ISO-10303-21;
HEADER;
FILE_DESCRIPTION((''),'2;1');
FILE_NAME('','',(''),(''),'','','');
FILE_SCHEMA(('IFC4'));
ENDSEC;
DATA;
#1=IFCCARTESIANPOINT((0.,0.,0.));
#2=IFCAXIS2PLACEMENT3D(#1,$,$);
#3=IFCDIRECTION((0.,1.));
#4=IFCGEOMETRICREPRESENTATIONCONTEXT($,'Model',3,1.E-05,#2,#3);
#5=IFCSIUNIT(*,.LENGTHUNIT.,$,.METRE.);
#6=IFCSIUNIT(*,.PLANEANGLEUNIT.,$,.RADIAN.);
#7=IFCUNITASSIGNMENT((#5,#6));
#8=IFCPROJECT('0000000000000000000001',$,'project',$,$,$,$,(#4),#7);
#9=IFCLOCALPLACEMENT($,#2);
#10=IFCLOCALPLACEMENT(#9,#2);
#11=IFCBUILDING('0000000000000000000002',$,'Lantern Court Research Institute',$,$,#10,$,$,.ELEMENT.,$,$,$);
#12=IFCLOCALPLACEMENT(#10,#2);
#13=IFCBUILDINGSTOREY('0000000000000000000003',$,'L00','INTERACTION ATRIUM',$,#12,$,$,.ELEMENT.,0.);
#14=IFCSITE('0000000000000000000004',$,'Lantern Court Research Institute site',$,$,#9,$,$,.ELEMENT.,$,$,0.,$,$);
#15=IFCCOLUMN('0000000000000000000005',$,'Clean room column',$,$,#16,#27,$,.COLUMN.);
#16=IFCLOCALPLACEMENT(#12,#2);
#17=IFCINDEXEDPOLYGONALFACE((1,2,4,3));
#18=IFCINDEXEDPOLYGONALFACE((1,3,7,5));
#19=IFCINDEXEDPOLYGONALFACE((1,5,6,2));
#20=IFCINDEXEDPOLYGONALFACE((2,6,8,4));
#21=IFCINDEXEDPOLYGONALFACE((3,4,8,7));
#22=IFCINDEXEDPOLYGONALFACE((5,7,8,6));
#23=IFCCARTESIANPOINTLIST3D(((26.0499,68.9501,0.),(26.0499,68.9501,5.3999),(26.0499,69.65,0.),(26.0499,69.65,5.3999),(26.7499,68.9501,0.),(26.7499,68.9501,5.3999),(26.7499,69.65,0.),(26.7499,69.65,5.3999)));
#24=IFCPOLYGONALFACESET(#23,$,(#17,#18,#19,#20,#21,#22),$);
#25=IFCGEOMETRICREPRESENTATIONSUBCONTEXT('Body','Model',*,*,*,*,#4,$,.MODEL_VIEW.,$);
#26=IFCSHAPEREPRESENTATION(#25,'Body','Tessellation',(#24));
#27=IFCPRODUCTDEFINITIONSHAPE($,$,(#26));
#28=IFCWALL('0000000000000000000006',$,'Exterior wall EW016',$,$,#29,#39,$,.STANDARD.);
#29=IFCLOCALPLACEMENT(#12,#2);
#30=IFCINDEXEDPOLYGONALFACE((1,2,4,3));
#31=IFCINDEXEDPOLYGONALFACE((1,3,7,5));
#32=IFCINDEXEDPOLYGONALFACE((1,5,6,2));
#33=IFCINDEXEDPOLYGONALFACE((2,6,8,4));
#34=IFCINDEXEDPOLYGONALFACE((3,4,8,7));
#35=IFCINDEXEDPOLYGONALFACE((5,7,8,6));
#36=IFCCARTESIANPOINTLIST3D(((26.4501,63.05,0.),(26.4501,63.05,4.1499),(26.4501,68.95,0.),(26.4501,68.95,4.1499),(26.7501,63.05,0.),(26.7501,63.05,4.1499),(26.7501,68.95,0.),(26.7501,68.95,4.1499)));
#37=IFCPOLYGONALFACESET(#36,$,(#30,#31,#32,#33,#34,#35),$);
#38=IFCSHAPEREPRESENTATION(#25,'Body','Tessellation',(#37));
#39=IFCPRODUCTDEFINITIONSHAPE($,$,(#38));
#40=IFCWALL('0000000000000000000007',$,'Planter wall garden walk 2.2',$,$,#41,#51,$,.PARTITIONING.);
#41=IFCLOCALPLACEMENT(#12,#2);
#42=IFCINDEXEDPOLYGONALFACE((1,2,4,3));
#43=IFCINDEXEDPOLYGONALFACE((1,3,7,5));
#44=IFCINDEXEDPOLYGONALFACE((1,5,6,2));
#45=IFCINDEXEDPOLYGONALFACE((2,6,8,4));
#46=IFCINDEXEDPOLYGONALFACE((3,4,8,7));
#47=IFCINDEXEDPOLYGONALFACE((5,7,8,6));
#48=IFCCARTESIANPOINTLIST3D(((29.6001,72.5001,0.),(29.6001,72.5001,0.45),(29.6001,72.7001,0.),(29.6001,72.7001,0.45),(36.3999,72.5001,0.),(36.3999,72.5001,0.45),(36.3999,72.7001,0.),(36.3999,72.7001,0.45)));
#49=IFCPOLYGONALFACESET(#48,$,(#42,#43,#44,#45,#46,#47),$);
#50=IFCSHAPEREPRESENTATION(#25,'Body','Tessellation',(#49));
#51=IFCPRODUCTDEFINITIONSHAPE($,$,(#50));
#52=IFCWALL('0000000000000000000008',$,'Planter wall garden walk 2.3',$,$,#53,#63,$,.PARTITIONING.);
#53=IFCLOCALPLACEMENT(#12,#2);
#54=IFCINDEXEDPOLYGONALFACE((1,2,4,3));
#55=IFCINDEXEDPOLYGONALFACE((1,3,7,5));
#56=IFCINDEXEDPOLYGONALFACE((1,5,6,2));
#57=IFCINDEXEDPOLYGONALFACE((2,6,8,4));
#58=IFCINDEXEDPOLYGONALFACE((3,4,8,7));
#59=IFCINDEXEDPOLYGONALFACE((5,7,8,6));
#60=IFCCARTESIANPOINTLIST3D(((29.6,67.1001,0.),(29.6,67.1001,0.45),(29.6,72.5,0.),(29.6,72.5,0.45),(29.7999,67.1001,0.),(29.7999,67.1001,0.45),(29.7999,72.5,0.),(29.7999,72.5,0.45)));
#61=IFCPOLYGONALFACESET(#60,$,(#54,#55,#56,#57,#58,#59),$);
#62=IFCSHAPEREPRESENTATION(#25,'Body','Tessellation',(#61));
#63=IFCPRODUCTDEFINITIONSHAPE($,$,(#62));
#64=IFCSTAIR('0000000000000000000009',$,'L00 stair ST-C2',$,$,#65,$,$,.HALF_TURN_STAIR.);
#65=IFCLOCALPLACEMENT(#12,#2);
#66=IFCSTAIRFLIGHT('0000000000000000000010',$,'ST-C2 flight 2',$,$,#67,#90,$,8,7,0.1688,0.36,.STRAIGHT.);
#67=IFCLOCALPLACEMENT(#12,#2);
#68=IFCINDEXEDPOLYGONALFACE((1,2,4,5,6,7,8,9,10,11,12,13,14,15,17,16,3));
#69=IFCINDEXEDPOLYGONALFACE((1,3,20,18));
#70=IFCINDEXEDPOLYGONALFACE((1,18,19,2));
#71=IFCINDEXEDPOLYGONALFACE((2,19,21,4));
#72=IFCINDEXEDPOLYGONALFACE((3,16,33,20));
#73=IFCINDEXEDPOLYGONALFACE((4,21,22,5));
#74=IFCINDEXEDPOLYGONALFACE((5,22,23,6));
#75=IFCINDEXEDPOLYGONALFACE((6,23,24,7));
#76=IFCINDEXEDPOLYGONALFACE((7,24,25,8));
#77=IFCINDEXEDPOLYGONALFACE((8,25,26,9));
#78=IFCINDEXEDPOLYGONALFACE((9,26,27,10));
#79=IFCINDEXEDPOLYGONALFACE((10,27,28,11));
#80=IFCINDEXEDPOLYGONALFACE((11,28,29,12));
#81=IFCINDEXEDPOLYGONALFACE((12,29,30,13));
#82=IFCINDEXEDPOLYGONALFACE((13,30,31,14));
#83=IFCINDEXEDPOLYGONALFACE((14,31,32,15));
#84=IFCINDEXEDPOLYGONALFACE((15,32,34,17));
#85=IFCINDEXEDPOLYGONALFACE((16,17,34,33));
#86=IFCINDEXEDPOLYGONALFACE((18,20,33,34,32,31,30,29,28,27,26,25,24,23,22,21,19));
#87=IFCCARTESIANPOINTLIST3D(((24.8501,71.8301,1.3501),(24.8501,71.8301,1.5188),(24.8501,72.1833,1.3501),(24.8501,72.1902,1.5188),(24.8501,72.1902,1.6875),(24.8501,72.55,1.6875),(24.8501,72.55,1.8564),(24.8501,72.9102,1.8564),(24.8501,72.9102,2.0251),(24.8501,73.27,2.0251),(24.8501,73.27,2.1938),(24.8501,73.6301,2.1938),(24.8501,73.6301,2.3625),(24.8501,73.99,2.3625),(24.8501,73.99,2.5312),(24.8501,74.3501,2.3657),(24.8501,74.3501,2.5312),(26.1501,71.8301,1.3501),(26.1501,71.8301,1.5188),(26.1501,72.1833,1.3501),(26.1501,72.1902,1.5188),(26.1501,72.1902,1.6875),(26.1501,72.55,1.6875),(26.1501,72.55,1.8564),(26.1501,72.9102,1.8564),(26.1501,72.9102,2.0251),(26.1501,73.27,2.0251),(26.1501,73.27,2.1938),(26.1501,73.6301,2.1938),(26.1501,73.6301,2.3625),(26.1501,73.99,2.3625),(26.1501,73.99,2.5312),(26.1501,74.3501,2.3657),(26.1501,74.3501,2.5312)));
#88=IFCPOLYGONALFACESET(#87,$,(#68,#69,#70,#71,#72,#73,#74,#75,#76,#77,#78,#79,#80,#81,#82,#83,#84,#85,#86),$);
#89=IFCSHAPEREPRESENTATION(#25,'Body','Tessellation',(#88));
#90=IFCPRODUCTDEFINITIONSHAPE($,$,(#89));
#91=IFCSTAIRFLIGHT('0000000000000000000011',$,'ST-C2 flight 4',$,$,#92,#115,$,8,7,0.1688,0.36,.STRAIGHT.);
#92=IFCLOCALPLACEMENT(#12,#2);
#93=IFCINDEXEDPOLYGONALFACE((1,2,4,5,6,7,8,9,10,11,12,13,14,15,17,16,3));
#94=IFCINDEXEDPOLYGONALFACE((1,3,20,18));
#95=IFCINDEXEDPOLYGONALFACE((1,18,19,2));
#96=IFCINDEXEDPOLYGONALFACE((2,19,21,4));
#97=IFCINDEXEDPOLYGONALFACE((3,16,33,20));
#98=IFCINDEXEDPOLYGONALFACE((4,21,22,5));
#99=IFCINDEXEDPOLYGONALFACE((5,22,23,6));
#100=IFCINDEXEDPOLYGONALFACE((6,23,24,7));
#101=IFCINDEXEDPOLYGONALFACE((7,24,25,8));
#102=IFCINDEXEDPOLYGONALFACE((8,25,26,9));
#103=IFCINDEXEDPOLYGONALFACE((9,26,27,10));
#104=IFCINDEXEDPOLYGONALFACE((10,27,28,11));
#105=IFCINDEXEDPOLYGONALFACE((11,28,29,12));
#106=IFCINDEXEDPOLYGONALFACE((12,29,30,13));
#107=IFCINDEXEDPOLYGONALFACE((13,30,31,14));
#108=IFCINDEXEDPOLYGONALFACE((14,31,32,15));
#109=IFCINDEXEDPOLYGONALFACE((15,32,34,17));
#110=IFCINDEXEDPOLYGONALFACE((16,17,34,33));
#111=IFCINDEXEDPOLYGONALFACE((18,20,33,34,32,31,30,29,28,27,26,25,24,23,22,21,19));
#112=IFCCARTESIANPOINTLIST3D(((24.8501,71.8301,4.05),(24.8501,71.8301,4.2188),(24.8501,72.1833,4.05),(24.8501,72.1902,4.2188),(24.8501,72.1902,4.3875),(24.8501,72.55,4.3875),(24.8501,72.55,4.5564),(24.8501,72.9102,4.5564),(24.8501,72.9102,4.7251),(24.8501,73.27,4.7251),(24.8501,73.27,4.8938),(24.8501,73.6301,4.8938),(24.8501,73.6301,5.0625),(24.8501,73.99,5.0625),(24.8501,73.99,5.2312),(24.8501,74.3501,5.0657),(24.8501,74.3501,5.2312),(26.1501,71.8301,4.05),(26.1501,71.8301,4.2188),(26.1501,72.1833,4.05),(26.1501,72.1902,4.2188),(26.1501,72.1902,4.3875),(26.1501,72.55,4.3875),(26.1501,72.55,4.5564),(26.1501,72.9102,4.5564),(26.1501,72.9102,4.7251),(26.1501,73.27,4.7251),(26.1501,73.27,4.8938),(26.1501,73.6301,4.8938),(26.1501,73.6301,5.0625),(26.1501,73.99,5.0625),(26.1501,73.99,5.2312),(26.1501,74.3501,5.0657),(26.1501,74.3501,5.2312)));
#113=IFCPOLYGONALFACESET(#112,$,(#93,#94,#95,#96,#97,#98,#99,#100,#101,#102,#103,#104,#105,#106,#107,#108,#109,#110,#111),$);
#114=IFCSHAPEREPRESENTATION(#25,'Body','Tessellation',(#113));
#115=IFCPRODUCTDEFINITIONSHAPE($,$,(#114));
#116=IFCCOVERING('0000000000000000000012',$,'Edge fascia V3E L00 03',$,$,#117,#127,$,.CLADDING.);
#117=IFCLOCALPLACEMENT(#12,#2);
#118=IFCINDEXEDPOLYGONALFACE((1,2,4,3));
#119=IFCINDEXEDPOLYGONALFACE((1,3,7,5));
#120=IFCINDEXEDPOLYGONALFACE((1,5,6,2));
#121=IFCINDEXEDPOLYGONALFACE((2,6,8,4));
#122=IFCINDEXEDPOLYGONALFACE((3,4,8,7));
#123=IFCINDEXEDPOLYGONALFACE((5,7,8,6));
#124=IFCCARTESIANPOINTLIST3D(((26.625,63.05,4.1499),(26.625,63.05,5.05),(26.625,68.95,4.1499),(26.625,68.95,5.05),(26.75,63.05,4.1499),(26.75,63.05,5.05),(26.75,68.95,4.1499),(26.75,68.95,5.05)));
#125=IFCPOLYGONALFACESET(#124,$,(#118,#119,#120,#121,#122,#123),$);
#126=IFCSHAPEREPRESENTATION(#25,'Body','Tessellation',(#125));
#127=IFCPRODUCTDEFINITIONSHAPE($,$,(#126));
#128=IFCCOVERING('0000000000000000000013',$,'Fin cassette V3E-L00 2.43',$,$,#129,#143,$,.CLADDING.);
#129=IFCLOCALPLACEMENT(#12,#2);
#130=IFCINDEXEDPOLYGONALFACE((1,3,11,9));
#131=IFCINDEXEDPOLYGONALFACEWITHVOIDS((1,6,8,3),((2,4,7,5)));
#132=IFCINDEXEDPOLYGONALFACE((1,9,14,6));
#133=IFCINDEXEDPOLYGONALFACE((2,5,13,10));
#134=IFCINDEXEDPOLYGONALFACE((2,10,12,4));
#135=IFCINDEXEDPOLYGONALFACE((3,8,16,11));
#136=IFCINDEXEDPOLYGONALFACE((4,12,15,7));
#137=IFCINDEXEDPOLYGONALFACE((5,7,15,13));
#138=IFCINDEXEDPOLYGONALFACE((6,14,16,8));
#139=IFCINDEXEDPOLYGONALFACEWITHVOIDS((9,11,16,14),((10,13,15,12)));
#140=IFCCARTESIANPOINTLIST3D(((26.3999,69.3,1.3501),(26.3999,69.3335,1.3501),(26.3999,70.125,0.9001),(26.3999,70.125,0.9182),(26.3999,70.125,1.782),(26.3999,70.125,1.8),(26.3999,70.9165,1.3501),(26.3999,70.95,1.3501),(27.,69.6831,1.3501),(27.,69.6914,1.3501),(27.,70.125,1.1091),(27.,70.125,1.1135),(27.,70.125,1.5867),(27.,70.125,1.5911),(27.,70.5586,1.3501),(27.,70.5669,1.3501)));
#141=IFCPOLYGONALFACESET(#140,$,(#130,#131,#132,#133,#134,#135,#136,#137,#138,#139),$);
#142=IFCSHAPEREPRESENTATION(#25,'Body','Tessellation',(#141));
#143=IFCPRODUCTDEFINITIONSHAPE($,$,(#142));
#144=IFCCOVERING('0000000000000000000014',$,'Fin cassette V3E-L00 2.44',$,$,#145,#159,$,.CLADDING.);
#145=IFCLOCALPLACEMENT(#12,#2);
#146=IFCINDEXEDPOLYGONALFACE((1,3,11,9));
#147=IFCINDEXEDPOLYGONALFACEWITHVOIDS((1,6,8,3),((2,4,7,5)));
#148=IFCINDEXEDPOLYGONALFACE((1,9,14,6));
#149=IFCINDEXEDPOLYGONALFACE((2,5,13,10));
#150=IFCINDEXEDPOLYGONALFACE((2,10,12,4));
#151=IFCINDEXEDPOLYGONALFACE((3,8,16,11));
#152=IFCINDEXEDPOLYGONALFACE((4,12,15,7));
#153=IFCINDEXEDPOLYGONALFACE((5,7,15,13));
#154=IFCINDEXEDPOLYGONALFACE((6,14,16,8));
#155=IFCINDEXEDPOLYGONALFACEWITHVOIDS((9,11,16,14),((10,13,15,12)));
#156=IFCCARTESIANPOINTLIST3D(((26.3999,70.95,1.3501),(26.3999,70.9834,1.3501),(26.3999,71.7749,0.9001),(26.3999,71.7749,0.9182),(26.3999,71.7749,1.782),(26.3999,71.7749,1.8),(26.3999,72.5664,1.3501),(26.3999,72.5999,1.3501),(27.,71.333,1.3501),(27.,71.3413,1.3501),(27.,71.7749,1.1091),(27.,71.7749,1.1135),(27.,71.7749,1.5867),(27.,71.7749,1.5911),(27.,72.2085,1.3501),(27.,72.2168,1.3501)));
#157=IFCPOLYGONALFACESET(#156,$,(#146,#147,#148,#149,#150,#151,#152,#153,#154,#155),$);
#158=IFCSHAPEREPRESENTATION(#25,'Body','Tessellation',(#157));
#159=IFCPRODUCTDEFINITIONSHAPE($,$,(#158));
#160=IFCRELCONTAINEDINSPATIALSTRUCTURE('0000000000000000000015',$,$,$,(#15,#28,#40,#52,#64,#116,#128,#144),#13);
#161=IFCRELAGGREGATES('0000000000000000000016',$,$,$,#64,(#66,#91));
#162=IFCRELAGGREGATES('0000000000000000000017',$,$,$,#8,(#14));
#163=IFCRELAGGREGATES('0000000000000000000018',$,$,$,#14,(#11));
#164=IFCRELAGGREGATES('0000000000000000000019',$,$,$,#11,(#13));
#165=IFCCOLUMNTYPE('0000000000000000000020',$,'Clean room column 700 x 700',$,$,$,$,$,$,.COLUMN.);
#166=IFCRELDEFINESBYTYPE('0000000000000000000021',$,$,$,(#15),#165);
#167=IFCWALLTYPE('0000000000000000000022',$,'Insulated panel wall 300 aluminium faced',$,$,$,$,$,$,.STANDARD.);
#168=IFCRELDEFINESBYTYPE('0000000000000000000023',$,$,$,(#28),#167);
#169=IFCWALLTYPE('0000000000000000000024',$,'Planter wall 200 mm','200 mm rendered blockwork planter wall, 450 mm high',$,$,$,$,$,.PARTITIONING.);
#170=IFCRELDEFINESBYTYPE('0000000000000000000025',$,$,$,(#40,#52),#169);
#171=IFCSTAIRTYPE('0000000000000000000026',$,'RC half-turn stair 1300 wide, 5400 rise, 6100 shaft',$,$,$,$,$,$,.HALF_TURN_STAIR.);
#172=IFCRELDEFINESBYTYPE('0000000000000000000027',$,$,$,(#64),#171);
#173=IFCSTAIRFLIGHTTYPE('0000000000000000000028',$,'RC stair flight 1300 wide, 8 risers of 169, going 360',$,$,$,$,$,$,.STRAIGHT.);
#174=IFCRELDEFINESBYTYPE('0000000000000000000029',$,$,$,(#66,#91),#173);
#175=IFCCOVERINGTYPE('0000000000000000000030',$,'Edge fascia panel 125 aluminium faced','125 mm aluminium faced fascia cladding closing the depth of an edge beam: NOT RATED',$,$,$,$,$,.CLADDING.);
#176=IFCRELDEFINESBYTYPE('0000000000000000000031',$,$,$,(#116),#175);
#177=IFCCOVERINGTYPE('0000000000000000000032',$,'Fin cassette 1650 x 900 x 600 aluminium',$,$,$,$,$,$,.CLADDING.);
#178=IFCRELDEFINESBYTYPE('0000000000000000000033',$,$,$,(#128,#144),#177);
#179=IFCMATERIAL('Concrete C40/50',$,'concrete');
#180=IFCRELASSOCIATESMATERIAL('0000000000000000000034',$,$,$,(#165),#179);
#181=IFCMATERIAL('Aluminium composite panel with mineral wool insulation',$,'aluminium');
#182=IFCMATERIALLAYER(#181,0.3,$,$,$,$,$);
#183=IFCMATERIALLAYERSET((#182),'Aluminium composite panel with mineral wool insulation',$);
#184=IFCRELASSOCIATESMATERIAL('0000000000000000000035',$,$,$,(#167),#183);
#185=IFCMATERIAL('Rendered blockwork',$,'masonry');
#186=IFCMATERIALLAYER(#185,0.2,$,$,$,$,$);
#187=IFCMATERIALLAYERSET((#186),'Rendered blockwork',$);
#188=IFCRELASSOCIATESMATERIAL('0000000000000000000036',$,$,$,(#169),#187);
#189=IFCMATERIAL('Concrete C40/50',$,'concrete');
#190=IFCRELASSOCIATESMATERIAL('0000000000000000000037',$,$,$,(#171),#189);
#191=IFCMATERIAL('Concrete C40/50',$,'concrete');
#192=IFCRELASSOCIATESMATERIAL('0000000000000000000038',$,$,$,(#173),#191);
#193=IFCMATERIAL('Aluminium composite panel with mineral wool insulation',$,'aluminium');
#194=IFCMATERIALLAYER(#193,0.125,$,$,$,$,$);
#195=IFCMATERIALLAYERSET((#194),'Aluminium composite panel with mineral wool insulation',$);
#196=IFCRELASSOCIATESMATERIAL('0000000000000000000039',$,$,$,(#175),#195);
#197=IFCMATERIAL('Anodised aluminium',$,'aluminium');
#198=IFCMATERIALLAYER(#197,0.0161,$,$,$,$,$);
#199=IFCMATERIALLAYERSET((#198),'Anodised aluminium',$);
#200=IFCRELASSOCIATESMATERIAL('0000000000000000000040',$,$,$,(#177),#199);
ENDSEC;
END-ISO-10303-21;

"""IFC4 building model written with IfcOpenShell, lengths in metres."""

from ifc_helpers import new_model, entity, si_unit, direction, frame, frame_2d, origin, origin_2d, place, context, subcontext, project, spatial, polyline, rectangle, outline, extrude, material, layer, layer_set, material_profile, profile_set, type_object, element, aggregate, save


model = new_model("IFC4")

# Units and contexts
model_context = context("Model", 3, precision=1e-05, world=origin(), true_north=direction((0.0, 1.0)))
body_context = subcontext(model_context, "Body", "Model", "MODEL_VIEW")
ifc_project = project(units=[si_unit("LENGTHUNIT", "METRE"), si_unit("PLANEANGLEUNIT", "RADIAN")], contexts=[model_context])

# Site, building, storey
site_placement = place(None, origin())
site = spatial("IfcSite", under=ifc_project, at=site_placement, Name="Lantern Court Research Institute site", CompositionType="ELEMENT", RefElevation=0.0)
building_placement = place(site_placement, origin())
building = spatial("IfcBuilding", under=site, at=building_placement, Name="Lantern Court Research Institute", CompositionType="ELEMENT")
storey_placement = place(building_placement, origin())
storey = spatial("IfcBuildingStorey", under=building, at=storey_placement, Name="L00", Description="INTERACTION ATRIUM", CompositionType="ELEMENT", Elevation=0.0)

# Column
ifc_material_1 = material(Name="Concrete C40/50", Category="concrete")
ifc_material_profile = material_profile(ifc_material_1, rectangle(XDim=0.7, YDim=0.7, at=origin_2d()), Name="Clean room column 700 x 700")
ifc_profile_set = profile_set([ifc_material_profile], Name="Concrete C40/50")
column_type = type_object("IfcColumnType", Name="Clean room column 700 x 700", PredefinedType="COLUMN", material=ifc_profile_set)
column_placement = place(storey_placement, frame((26.3999, 69.3, 0.0), z_axis=(0.0, 0.0, 1.0), x_axis=(1.0, 0.0, 0.0)))
element("IfcColumn", 1, at=column_placement, inside=storey, type_object=column_type, Name="Clean room column", PredefinedType="COLUMN", context=body_context, shape_type="SweptSolid", body=[
    extrude(rectangle(XDim=0.7, YDim=0.7, at=origin_2d()), origin(), (0.0, 0.0, 1.0), 5.3999),
])

# Walls
ifc_material_2 = material(Name="Aluminium composite panel with mineral wool insulation", Category="aluminium")
ifc_layer_1 = layer(ifc_material_2, 0.3)
ifc_layer_set_1 = layer_set([ifc_layer_1], Name="Aluminium composite panel with mineral wool insulation")
wall_type_1 = type_object("IfcWallType", Name="Insulated panel wall 300 aluminium faced", PredefinedType="STANDARD", material=ifc_layer_set_1)
wall_1_placement = place(storey_placement, frame((26.6001, 68.95, 0.0), z_axis=(0.0, 0.0, 1.0), x_axis=(0.0, -1.0, 0.0)))
element("IfcWall", 2, at=wall_1_placement, inside=storey, type_object=wall_type_1, Name="Exterior wall EW016", PredefinedType="STANDARD", context=body_context, shape_type="SweptSolid", body=[
    extrude(rectangle(XDim=5.8999, YDim=0.3, at=frame_2d((2.95, 0.0))), origin(), (0.0, 0.0, 1.0), 4.1499),
])
ifc_material_3 = material(Name="Rendered blockwork", Category="masonry")
ifc_layer_2 = layer(ifc_material_3, 0.2)
ifc_layer_set_2 = layer_set([ifc_layer_2], Name="Rendered blockwork")
wall_type_2 = type_object("IfcWallType", Name="Planter wall 200 mm", Description="200 mm rendered blockwork planter wall, 450 mm high", PredefinedType="PARTITIONING", material=ifc_layer_set_2)
wall_2_placement = place(storey_placement, frame((29.6001, 72.6001, 0.0), z_axis=(0.0, 0.0, 1.0), x_axis=(1.0, 0.0, 0.0)))
element("IfcWall", 3, at=wall_2_placement, inside=storey, type_object=wall_type_2, Name="Planter wall garden walk 2.2", PredefinedType="PARTITIONING", context=body_context, shape_type="SweptSolid", body=[
    extrude(rectangle(XDim=6.7998, YDim=0.2, at=frame_2d((3.3999, 0.0))), origin(), (0.0, 0.0, 1.0), 0.45),
])
wall_3_placement = place(storey_placement, frame((29.7, 67.1001, 0.0), z_axis=(0.0, 0.0, 1.0), x_axis=(0.0, 1.0, 0.0)))
element("IfcWall", 4, at=wall_3_placement, inside=storey, type_object=wall_type_2, Name="Planter wall garden walk 2.3", PredefinedType="PARTITIONING", context=body_context, shape_type="SweptSolid", body=[
    extrude(rectangle(XDim=5.3999, YDim=0.2, at=frame_2d((2.7, 0.0))), origin(), (0.0, 0.0, 1.0), 0.45),
])

# Stair, stair flights
ifc_material_4 = material(Name="Concrete C40/50", Category="concrete")
stair_type = type_object("IfcStairType", Name="RC half-turn stair 1300 wide, 5400 rise, 6100 shaft", PredefinedType="HALF_TURN_STAIR", material=ifc_material_4)
stair_placement = place(storey_placement, origin())
stair = element("IfcStair", 5, at=stair_placement, inside=storey, type_object=stair_type, Name="L00 stair ST-C2", PredefinedType="HALF_TURN_STAIR")
ifc_material_5 = material(Name="Concrete C40/50", Category="concrete")
stair_flight_type = type_object("IfcStairFlightType", Name="RC stair flight 1300 wide, 8 risers of 169, going 360", PredefinedType="STRAIGHT", material=ifc_material_5)
stair_flight_1_placement = place(storey_placement, frame((25.5, 71.8301, 1.3501), z_axis=(0.0, 0.0, 1.0), x_axis=(0.0, 1.0, 0.0)))
stair_flight_1 = element("IfcStairFlight", 6, at=stair_flight_1_placement, type_object=stair_flight_type, Name="ST-C2 flight 2", NumberOfRisers=8, NumberOfTreads=7, PredefinedType="STRAIGHT", RiserHeight=0.1688, TreadLength=0.36, context=body_context, shape_type="SweptSolid", body=[
    extrude(outline(polyline([(0.0, 0.0), (0.0, 0.1687), (0.3601, 0.1687), (0.3601, 0.3374), (0.72, 0.3374), (0.72, 0.5063), (1.0801, 0.5063), (1.0801, 0.675), (1.4399, 0.675), (1.4399, 0.8438), (1.8, 0.8438), (1.8, 1.0125), (2.1599, 1.0125), (2.1599, 1.1812), (2.52, 1.1812), (2.52, 1.3501), (2.52, 1.0156), (0.3533, 0.0), (0.0, 0.0)])), frame((0.0, 0.6499, 0.0), z_axis=(0.0, -1.0, 0.0), x_axis=(1.0, 0.0, 0.0)), (0.0, 0.0, 1.0), 1.3),
])
stair_flight_2_placement = place(storey_placement, frame((25.5, 71.8301, 4.05), z_axis=(0.0, 0.0, 1.0), x_axis=(0.0, 1.0, 0.0)))
stair_flight_2 = element("IfcStairFlight", 7, at=stair_flight_2_placement, type_object=stair_flight_type, Name="ST-C2 flight 4", NumberOfRisers=8, NumberOfTreads=7, PredefinedType="STRAIGHT", RiserHeight=0.1688, TreadLength=0.36, context=body_context, shape_type="SweptSolid", body=[
    extrude(outline(polyline([(0.0, 0.0), (0.0, 0.1687), (0.3601, 0.1687), (0.3601, 0.3374), (0.72, 0.3374), (0.72, 0.5063), (1.0801, 0.5063), (1.0801, 0.675), (1.4399, 0.675), (1.4399, 0.8438), (1.8, 0.8438), (1.8, 1.0125), (2.1599, 1.0125), (2.1599, 1.1812), (2.52, 1.1812), (2.52, 1.3501), (2.52, 1.0156), (0.3533, 0.0), (0.0, 0.0)])), frame((0.0, 0.6499, 0.0), z_axis=(0.0, -1.0, 0.0), x_axis=(1.0, 0.0, 0.0)), (0.0, 0.0, 1.0), 1.3),
])
aggregate(stair, [stair_flight_1, stair_flight_2])

# Coverings
ifc_material_6 = material(Name="Aluminium composite panel with mineral wool insulation", Category="aluminium")
ifc_layer_3 = layer(ifc_material_6, 0.125)
ifc_layer_set_3 = layer_set([ifc_layer_3], Name="Aluminium composite panel with mineral wool insulation")
covering_type_1 = type_object("IfcCoveringType", Name="Edge fascia panel 125 aluminium faced", Description="125 mm aluminium faced fascia cladding closing the depth of an edge beam: NOT RATED", PredefinedType="CLADDING", material=ifc_layer_set_3)
covering_1_placement = place(storey_placement, frame((26.6875, 68.95, 4.1499), z_axis=(0.0, 0.0, 1.0), x_axis=(0.0, -1.0, 0.0)))
element("IfcCovering", 8, at=covering_1_placement, inside=storey, type_object=covering_type_1, Name="Edge fascia V3E L00 03", PredefinedType="CLADDING", context=body_context, shape_type="SweptSolid", body=[
    extrude(rectangle(XDim=5.8999, YDim=0.125, at=frame_2d((2.95, 0.0))), origin(), (0.0, 0.0, 1.0), 0.9001),
])
ifc_material_7 = material(Name="Anodised aluminium", Category="aluminium")
ifc_layer_4 = layer(ifc_material_7, 0.0161)
ifc_layer_set_4 = layer_set([ifc_layer_4], Name="Anodised aluminium")
covering_type_2 = type_object("IfcCoveringType", Name="Fin cassette 1650 x 900 x 600 aluminium", PredefinedType="CLADDING", material=ifc_layer_set_4)
covering_2_placement = place(storey_placement, frame((26.3999, 70.125, 1.3501), z_axis=(1.0, 0.0, 0.0), x_axis=(0.0, 1.0, 0.0)))
cartesian_point_1 = entity("IfcCartesianPoint", [0.825, 0.0])
cartesian_point_2 = entity("IfcCartesianPoint", [0.7915, 0.0])
cartesian_point_3 = entity("IfcCartesianPoint", [0.4419, 0.0])
cartesian_point_4 = entity("IfcCartesianPoint", [0.4336, 0.0])
element("IfcCovering", 9, at=covering_2_placement, inside=storey, type_object=covering_type_2, Name="Fin cassette V3E-L00 2.43", PredefinedType="CLADDING", context=body_context, shape_type="SweptSolid", body=[
    entity("IfcExtrudedAreaSolidTapered", entity("IfcArbitraryProfileDefWithVoids", "AREA", None, entity("IfcPolyline", [cartesian_point_1, entity("IfcCartesianPoint", [0.0, 0.45]), entity("IfcCartesianPoint", [-0.825, 0.0]), entity("IfcCartesianPoint", [0.0, -0.45]), cartesian_point_1]), [entity("IfcPolyline", [cartesian_point_2, entity("IfcCartesianPoint", [0.0, 0.4319]), entity("IfcCartesianPoint", [-0.7915, 0.0]), entity("IfcCartesianPoint", [0.0, -0.4319]), cartesian_point_2])]), entity("IfcAxis2Placement3D", entity("IfcCartesianPoint", [0.0, 0.0, 0.0])), entity("IfcDirection", [0.0, 0.0, 1.0]), 0.6001, entity("IfcArbitraryProfileDefWithVoids", "AREA", None, entity("IfcPolyline", [cartesian_point_3, entity("IfcCartesianPoint", [0.0, 0.241]), entity("IfcCartesianPoint", [-0.4419, 0.0]), entity("IfcCartesianPoint", [0.0, -0.241]), cartesian_point_3]), [entity("IfcPolyline", [cartesian_point_4, entity("IfcCartesianPoint", [0.0, 0.2366]), entity("IfcCartesianPoint", [-0.4336, 0.0]), entity("IfcCartesianPoint", [0.0, -0.2366]), cartesian_point_4])])),
])
covering_3_placement = place(storey_placement, frame((26.3999, 71.7749, 1.3501), z_axis=(1.0, 0.0, 0.0), x_axis=(0.0, 1.0, 0.0)))
cartesian_point_5 = entity("IfcCartesianPoint", [0.825, 0.0])
cartesian_point_6 = entity("IfcCartesianPoint", [0.7915, 0.0])
cartesian_point_7 = entity("IfcCartesianPoint", [0.4419, 0.0])
cartesian_point_8 = entity("IfcCartesianPoint", [0.4336, 0.0])
element("IfcCovering", 10, at=covering_3_placement, inside=storey, type_object=covering_type_2, Name="Fin cassette V3E-L00 2.44", PredefinedType="CLADDING", context=body_context, shape_type="SweptSolid", body=[
    entity("IfcExtrudedAreaSolidTapered", entity("IfcArbitraryProfileDefWithVoids", "AREA", None, entity("IfcPolyline", [cartesian_point_5, entity("IfcCartesianPoint", [0.0, 0.45]), entity("IfcCartesianPoint", [-0.825, 0.0]), entity("IfcCartesianPoint", [0.0, -0.45]), cartesian_point_5]), [entity("IfcPolyline", [cartesian_point_6, entity("IfcCartesianPoint", [0.0, 0.4319]), entity("IfcCartesianPoint", [-0.7915, 0.0]), entity("IfcCartesianPoint", [0.0, -0.4319]), cartesian_point_6])]), entity("IfcAxis2Placement3D", entity("IfcCartesianPoint", [0.0, 0.0, 0.0])), entity("IfcDirection", [0.0, 0.0, 1.0]), 0.6001, entity("IfcArbitraryProfileDefWithVoids", "AREA", None, entity("IfcPolyline", [cartesian_point_7, entity("IfcCartesianPoint", [0.0, 0.241]), entity("IfcCartesianPoint", [-0.4419, 0.0]), entity("IfcCartesianPoint", [0.0, -0.241]), cartesian_point_7]), [entity("IfcPolyline", [cartesian_point_8, entity("IfcCartesianPoint", [0.0, 0.2366]), entity("IfcCartesianPoint", [-0.4336, 0.0]), entity("IfcCartesianPoint", [0.0, -0.2366]), cartesian_point_8])])),
])

save(model, "model.ifc")
